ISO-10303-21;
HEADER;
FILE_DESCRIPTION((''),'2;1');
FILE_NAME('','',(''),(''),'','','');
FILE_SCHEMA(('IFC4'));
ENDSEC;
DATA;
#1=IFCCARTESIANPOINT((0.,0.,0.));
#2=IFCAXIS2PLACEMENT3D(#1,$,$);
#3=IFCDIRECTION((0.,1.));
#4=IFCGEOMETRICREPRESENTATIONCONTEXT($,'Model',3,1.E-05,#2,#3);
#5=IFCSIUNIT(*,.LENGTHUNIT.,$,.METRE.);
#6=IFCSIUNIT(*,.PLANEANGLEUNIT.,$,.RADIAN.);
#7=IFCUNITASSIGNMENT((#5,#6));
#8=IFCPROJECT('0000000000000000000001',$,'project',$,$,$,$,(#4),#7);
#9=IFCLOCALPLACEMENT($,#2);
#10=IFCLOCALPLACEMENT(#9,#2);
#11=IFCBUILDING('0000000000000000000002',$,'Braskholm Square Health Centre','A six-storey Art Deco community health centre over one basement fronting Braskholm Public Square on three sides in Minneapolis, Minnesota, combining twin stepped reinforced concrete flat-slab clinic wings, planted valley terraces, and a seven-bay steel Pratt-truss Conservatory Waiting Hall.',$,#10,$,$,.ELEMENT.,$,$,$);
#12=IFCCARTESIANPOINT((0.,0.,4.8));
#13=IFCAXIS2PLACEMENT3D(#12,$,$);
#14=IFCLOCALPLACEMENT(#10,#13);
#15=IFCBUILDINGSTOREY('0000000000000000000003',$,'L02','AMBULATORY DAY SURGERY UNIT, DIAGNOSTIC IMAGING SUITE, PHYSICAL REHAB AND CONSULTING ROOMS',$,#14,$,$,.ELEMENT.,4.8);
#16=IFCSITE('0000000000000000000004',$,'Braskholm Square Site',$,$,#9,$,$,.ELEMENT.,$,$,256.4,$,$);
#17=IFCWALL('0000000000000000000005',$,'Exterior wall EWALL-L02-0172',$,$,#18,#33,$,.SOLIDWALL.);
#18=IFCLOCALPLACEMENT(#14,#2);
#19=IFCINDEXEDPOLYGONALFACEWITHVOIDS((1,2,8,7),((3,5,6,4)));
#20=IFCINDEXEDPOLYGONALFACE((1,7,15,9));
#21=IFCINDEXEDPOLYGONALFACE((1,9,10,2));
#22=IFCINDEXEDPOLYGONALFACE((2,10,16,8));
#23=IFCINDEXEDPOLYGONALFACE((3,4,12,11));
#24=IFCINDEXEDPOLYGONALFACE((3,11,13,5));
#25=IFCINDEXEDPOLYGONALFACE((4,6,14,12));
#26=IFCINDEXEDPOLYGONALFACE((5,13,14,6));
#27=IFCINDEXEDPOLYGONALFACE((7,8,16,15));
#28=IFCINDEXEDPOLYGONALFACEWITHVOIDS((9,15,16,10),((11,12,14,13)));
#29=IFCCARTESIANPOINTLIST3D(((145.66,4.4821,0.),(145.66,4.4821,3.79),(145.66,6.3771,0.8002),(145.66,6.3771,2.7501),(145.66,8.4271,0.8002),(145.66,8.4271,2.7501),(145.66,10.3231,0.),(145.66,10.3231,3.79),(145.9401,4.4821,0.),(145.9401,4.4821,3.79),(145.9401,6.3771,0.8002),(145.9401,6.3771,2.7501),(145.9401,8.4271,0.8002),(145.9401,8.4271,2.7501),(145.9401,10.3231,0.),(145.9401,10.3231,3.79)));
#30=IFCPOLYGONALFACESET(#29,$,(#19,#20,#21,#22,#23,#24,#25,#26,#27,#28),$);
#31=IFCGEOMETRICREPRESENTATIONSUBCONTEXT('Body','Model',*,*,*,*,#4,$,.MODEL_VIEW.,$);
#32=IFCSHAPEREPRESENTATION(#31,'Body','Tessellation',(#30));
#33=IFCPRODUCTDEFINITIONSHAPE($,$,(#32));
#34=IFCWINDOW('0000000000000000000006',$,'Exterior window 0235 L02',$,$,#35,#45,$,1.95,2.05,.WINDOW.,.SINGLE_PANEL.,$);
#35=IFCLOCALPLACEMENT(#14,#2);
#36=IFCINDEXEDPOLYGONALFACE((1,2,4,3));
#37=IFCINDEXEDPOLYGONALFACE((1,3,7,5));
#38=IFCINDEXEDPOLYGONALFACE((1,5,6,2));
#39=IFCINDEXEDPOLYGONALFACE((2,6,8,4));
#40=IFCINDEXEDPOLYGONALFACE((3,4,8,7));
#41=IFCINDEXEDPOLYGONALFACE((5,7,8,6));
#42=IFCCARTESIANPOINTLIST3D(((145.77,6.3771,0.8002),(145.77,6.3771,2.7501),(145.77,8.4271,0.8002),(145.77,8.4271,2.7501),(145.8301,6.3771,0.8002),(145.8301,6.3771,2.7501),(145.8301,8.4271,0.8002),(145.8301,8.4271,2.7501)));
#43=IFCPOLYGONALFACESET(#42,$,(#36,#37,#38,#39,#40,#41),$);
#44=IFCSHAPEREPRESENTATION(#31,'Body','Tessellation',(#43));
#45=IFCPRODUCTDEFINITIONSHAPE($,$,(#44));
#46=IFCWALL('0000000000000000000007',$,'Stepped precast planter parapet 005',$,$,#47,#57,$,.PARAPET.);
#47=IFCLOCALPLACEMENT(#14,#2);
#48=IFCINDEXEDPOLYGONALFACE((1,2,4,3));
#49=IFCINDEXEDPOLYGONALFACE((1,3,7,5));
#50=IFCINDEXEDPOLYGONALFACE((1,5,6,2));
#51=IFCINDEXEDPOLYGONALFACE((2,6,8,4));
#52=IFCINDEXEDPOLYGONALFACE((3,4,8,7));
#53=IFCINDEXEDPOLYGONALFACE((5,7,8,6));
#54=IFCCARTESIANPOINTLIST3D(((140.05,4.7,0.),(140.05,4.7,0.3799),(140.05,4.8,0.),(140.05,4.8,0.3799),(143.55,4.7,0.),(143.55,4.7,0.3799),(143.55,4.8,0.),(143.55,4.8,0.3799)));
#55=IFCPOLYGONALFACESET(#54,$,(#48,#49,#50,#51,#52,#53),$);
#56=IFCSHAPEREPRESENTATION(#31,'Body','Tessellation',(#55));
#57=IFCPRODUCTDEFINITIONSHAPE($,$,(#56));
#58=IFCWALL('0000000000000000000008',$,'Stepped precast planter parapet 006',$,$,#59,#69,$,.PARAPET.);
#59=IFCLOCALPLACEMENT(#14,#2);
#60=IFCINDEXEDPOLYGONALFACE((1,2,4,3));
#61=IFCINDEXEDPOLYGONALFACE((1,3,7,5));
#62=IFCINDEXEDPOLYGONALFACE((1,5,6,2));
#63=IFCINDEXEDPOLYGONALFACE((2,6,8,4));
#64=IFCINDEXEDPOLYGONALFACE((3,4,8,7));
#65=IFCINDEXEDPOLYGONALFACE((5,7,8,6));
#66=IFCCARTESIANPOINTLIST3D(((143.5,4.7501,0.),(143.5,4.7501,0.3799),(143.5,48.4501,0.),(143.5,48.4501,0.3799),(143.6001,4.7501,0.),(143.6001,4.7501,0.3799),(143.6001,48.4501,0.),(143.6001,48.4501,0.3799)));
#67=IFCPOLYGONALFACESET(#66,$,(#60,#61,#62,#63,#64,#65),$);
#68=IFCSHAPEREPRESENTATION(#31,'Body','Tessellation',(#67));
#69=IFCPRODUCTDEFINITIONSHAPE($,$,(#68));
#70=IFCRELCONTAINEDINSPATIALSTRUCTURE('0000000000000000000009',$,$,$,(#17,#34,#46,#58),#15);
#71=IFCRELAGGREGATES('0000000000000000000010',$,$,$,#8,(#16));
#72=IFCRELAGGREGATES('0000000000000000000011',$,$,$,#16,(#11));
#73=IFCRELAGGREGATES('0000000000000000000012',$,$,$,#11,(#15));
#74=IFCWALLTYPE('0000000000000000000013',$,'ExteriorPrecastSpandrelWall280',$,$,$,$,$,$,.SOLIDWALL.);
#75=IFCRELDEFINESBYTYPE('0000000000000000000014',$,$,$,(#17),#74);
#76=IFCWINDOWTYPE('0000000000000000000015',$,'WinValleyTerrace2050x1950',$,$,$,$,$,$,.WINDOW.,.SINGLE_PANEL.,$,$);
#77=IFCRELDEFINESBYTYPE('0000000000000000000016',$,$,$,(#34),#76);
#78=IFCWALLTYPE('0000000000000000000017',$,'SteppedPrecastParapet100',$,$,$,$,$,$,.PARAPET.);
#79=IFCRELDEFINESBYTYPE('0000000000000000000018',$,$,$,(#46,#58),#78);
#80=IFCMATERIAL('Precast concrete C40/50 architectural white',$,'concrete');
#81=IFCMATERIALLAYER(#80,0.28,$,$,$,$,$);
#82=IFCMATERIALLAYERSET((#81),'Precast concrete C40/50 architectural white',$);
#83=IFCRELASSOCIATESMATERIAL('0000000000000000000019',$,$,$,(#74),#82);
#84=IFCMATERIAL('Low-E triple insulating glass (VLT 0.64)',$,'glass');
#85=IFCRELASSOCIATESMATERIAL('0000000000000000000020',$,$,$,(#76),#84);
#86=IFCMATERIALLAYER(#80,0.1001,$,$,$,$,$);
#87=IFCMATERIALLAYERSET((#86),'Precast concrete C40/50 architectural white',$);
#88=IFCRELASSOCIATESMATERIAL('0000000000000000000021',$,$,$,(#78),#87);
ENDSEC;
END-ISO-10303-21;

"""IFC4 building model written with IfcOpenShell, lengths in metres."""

from ifc_helpers import new_model, si_unit, direction, frame, frame_2d, origin, origin_with_axes, place, context, subcontext, project, spatial, rectangle, extrude, material, layer, layer_set, type_object, element, fill, save


model = new_model("IFC4")

# Units and contexts
model_context = context("Model", 3, precision=1e-05, world=origin(), true_north=direction((0.0, 1.0)))
body_context = subcontext(model_context, "Body", "Model", "MODEL_VIEW")
ifc_project = project(units=[si_unit("LENGTHUNIT", "METRE"), si_unit("PLANEANGLEUNIT", "RADIAN")], contexts=[model_context])

# Site, building, storey
site_placement = place(None, origin())
site = spatial("IfcSite", under=ifc_project, at=site_placement, Name="Braskholm Square Site", CompositionType="ELEMENT", RefElevation=256.4)
building_placement = place(site_placement, origin())
building = spatial("IfcBuilding", under=site, at=building_placement, Name="Braskholm Square Health Centre", Description="A six-storey Art Deco community health centre over one basement fronting Braskholm Public Square on three sides in Minneapolis, Minnesota, combining twin stepped reinforced concrete flat-slab clinic wings, planted valley terraces, and a seven-bay steel Pratt-truss Conservatory Waiting Hall.", CompositionType="ELEMENT")
storey_placement = place(building_placement, frame((0.0, 0.0, 4.8)))
storey = spatial("IfcBuildingStorey", under=building, at=storey_placement, Name="L02", Description="AMBULATORY DAY SURGERY UNIT, DIAGNOSTIC IMAGING SUITE, PHYSICAL REHAB AND CONSULTING ROOMS", CompositionType="ELEMENT", Elevation=4.8)

# Shared definitions
ifc_material_1 = material(Name="Precast concrete C40/50 architectural white", Category="concrete")

# Wall, opening, window
ifc_layer_1 = layer(ifc_material_1, 0.28)
ifc_layer_set_1 = layer_set([ifc_layer_1], Name="Precast concrete C40/50 architectural white")
wall_type_1 = type_object("IfcWallType", Name="ExteriorPrecastSpandrelWall280", PredefinedType="SOLIDWALL", material=ifc_layer_set_1)
wall_1_placement = place(storey_placement, frame((145.8, 10.323, 0.0), z_axis=(0.0, 0.0, 1.0), x_axis=(0.0, -1.0, 0.0)))
wall_1 = element("IfcWall", 1, at=wall_1_placement, inside=storey, type_object=wall_type_1, Name="Exterior wall EWALL-L02-0172", PredefinedType="SOLIDWALL", context=body_context, shape_type="SweptSolid", body=[
    extrude(rectangle(XDim=5.8411, YDim=0.28, at=frame_2d((2.9204, 0.0))), origin(), (0.0, 0.0, 1.0), 3.79),
])
opening_placement = place(wall_1_placement, frame((1.896, 0.0, 0.8)))
opening = element("IfcOpeningElement", 2, at=opening_placement, cuts=wall_1, PredefinedType="OPENING", context=body_context, shape_type="SweptSolid", body=[
    extrude(rectangle(XDim=2.05, YDim=1.95, at=frame_2d((1.0249, 0.9751))), frame((0.0, 0.1499, 0.0), z_axis=(0.0, -1.0, 0.0), x_axis=(1.0, 0.0, 0.0)), (0.0, 0.0, 1.0), 0.3),
])
ifc_material_2 = material(Name="Low-E triple insulating glass (VLT 0.64)", Category="glass")
window_type = type_object("IfcWindowType", Name="WinValleyTerrace2050x1950", PartitioningType="SINGLE_PANEL", PredefinedType="WINDOW", material=ifc_material_2)
window_placement = place(opening_placement, origin_with_axes())
window = element("IfcWindow", 3, at=window_placement, inside=storey, type_object=window_type, Name="Exterior window 0235 L02", OverallHeight=1.95, OverallWidth=2.05, PartitioningType="SINGLE_PANEL", PredefinedType="WINDOW", context=body_context, shape_type="SweptSolid", body=[
    extrude(rectangle(XDim=2.05, YDim=1.95, at=frame_2d((1.0249, 0.9751))), frame((0.0, 0.03, 0.0), z_axis=(0.0, -1.0, 0.0), x_axis=(1.0, 0.0, 0.0)), (0.0, 0.0, 1.0), 0.0601),
])
fill(opening, window)

# Walls
ifc_layer_2 = layer(ifc_material_1, 0.1001)
ifc_layer_set_2 = layer_set([ifc_layer_2], Name="Precast concrete C40/50 architectural white")
wall_type_2 = type_object("IfcWallType", Name="SteppedPrecastParapet100", PredefinedType="PARAPET", material=ifc_layer_set_2)
wall_2_placement = place(storey_placement, frame((140.05, 4.75, 0.0), z_axis=(0.0, 0.0, 1.0), x_axis=(1.0, 0.0, 0.0)))
element("IfcWall", 4, at=wall_2_placement, inside=storey, type_object=wall_type_2, Name="Stepped precast planter parapet 005", PredefinedType="PARAPET", context=body_context, shape_type="SweptSolid", body=[
    extrude(rectangle(XDim=3.5, YDim=0.1001, at=frame_2d((1.75, 0.0))), origin(), (0.0, 0.0, 1.0), 0.3799),
])
wall_3_placement = place(storey_placement, frame((143.55, 4.75, 0.0), z_axis=(0.0, 0.0, 1.0), x_axis=(0.0, 1.0, 0.0)))
element("IfcWall", 5, at=wall_3_placement, inside=storey, type_object=wall_type_2, Name="Stepped precast planter parapet 006", PredefinedType="PARAPET", context=body_context, shape_type="SweptSolid", body=[
    extrude(rectangle(XDim=43.7, YDim=0.1001, at=frame_2d((21.8501, 0.0))), origin(), (0.0, 0.0, 1.0), 0.3799),
])

save(model, "model.ifc")
